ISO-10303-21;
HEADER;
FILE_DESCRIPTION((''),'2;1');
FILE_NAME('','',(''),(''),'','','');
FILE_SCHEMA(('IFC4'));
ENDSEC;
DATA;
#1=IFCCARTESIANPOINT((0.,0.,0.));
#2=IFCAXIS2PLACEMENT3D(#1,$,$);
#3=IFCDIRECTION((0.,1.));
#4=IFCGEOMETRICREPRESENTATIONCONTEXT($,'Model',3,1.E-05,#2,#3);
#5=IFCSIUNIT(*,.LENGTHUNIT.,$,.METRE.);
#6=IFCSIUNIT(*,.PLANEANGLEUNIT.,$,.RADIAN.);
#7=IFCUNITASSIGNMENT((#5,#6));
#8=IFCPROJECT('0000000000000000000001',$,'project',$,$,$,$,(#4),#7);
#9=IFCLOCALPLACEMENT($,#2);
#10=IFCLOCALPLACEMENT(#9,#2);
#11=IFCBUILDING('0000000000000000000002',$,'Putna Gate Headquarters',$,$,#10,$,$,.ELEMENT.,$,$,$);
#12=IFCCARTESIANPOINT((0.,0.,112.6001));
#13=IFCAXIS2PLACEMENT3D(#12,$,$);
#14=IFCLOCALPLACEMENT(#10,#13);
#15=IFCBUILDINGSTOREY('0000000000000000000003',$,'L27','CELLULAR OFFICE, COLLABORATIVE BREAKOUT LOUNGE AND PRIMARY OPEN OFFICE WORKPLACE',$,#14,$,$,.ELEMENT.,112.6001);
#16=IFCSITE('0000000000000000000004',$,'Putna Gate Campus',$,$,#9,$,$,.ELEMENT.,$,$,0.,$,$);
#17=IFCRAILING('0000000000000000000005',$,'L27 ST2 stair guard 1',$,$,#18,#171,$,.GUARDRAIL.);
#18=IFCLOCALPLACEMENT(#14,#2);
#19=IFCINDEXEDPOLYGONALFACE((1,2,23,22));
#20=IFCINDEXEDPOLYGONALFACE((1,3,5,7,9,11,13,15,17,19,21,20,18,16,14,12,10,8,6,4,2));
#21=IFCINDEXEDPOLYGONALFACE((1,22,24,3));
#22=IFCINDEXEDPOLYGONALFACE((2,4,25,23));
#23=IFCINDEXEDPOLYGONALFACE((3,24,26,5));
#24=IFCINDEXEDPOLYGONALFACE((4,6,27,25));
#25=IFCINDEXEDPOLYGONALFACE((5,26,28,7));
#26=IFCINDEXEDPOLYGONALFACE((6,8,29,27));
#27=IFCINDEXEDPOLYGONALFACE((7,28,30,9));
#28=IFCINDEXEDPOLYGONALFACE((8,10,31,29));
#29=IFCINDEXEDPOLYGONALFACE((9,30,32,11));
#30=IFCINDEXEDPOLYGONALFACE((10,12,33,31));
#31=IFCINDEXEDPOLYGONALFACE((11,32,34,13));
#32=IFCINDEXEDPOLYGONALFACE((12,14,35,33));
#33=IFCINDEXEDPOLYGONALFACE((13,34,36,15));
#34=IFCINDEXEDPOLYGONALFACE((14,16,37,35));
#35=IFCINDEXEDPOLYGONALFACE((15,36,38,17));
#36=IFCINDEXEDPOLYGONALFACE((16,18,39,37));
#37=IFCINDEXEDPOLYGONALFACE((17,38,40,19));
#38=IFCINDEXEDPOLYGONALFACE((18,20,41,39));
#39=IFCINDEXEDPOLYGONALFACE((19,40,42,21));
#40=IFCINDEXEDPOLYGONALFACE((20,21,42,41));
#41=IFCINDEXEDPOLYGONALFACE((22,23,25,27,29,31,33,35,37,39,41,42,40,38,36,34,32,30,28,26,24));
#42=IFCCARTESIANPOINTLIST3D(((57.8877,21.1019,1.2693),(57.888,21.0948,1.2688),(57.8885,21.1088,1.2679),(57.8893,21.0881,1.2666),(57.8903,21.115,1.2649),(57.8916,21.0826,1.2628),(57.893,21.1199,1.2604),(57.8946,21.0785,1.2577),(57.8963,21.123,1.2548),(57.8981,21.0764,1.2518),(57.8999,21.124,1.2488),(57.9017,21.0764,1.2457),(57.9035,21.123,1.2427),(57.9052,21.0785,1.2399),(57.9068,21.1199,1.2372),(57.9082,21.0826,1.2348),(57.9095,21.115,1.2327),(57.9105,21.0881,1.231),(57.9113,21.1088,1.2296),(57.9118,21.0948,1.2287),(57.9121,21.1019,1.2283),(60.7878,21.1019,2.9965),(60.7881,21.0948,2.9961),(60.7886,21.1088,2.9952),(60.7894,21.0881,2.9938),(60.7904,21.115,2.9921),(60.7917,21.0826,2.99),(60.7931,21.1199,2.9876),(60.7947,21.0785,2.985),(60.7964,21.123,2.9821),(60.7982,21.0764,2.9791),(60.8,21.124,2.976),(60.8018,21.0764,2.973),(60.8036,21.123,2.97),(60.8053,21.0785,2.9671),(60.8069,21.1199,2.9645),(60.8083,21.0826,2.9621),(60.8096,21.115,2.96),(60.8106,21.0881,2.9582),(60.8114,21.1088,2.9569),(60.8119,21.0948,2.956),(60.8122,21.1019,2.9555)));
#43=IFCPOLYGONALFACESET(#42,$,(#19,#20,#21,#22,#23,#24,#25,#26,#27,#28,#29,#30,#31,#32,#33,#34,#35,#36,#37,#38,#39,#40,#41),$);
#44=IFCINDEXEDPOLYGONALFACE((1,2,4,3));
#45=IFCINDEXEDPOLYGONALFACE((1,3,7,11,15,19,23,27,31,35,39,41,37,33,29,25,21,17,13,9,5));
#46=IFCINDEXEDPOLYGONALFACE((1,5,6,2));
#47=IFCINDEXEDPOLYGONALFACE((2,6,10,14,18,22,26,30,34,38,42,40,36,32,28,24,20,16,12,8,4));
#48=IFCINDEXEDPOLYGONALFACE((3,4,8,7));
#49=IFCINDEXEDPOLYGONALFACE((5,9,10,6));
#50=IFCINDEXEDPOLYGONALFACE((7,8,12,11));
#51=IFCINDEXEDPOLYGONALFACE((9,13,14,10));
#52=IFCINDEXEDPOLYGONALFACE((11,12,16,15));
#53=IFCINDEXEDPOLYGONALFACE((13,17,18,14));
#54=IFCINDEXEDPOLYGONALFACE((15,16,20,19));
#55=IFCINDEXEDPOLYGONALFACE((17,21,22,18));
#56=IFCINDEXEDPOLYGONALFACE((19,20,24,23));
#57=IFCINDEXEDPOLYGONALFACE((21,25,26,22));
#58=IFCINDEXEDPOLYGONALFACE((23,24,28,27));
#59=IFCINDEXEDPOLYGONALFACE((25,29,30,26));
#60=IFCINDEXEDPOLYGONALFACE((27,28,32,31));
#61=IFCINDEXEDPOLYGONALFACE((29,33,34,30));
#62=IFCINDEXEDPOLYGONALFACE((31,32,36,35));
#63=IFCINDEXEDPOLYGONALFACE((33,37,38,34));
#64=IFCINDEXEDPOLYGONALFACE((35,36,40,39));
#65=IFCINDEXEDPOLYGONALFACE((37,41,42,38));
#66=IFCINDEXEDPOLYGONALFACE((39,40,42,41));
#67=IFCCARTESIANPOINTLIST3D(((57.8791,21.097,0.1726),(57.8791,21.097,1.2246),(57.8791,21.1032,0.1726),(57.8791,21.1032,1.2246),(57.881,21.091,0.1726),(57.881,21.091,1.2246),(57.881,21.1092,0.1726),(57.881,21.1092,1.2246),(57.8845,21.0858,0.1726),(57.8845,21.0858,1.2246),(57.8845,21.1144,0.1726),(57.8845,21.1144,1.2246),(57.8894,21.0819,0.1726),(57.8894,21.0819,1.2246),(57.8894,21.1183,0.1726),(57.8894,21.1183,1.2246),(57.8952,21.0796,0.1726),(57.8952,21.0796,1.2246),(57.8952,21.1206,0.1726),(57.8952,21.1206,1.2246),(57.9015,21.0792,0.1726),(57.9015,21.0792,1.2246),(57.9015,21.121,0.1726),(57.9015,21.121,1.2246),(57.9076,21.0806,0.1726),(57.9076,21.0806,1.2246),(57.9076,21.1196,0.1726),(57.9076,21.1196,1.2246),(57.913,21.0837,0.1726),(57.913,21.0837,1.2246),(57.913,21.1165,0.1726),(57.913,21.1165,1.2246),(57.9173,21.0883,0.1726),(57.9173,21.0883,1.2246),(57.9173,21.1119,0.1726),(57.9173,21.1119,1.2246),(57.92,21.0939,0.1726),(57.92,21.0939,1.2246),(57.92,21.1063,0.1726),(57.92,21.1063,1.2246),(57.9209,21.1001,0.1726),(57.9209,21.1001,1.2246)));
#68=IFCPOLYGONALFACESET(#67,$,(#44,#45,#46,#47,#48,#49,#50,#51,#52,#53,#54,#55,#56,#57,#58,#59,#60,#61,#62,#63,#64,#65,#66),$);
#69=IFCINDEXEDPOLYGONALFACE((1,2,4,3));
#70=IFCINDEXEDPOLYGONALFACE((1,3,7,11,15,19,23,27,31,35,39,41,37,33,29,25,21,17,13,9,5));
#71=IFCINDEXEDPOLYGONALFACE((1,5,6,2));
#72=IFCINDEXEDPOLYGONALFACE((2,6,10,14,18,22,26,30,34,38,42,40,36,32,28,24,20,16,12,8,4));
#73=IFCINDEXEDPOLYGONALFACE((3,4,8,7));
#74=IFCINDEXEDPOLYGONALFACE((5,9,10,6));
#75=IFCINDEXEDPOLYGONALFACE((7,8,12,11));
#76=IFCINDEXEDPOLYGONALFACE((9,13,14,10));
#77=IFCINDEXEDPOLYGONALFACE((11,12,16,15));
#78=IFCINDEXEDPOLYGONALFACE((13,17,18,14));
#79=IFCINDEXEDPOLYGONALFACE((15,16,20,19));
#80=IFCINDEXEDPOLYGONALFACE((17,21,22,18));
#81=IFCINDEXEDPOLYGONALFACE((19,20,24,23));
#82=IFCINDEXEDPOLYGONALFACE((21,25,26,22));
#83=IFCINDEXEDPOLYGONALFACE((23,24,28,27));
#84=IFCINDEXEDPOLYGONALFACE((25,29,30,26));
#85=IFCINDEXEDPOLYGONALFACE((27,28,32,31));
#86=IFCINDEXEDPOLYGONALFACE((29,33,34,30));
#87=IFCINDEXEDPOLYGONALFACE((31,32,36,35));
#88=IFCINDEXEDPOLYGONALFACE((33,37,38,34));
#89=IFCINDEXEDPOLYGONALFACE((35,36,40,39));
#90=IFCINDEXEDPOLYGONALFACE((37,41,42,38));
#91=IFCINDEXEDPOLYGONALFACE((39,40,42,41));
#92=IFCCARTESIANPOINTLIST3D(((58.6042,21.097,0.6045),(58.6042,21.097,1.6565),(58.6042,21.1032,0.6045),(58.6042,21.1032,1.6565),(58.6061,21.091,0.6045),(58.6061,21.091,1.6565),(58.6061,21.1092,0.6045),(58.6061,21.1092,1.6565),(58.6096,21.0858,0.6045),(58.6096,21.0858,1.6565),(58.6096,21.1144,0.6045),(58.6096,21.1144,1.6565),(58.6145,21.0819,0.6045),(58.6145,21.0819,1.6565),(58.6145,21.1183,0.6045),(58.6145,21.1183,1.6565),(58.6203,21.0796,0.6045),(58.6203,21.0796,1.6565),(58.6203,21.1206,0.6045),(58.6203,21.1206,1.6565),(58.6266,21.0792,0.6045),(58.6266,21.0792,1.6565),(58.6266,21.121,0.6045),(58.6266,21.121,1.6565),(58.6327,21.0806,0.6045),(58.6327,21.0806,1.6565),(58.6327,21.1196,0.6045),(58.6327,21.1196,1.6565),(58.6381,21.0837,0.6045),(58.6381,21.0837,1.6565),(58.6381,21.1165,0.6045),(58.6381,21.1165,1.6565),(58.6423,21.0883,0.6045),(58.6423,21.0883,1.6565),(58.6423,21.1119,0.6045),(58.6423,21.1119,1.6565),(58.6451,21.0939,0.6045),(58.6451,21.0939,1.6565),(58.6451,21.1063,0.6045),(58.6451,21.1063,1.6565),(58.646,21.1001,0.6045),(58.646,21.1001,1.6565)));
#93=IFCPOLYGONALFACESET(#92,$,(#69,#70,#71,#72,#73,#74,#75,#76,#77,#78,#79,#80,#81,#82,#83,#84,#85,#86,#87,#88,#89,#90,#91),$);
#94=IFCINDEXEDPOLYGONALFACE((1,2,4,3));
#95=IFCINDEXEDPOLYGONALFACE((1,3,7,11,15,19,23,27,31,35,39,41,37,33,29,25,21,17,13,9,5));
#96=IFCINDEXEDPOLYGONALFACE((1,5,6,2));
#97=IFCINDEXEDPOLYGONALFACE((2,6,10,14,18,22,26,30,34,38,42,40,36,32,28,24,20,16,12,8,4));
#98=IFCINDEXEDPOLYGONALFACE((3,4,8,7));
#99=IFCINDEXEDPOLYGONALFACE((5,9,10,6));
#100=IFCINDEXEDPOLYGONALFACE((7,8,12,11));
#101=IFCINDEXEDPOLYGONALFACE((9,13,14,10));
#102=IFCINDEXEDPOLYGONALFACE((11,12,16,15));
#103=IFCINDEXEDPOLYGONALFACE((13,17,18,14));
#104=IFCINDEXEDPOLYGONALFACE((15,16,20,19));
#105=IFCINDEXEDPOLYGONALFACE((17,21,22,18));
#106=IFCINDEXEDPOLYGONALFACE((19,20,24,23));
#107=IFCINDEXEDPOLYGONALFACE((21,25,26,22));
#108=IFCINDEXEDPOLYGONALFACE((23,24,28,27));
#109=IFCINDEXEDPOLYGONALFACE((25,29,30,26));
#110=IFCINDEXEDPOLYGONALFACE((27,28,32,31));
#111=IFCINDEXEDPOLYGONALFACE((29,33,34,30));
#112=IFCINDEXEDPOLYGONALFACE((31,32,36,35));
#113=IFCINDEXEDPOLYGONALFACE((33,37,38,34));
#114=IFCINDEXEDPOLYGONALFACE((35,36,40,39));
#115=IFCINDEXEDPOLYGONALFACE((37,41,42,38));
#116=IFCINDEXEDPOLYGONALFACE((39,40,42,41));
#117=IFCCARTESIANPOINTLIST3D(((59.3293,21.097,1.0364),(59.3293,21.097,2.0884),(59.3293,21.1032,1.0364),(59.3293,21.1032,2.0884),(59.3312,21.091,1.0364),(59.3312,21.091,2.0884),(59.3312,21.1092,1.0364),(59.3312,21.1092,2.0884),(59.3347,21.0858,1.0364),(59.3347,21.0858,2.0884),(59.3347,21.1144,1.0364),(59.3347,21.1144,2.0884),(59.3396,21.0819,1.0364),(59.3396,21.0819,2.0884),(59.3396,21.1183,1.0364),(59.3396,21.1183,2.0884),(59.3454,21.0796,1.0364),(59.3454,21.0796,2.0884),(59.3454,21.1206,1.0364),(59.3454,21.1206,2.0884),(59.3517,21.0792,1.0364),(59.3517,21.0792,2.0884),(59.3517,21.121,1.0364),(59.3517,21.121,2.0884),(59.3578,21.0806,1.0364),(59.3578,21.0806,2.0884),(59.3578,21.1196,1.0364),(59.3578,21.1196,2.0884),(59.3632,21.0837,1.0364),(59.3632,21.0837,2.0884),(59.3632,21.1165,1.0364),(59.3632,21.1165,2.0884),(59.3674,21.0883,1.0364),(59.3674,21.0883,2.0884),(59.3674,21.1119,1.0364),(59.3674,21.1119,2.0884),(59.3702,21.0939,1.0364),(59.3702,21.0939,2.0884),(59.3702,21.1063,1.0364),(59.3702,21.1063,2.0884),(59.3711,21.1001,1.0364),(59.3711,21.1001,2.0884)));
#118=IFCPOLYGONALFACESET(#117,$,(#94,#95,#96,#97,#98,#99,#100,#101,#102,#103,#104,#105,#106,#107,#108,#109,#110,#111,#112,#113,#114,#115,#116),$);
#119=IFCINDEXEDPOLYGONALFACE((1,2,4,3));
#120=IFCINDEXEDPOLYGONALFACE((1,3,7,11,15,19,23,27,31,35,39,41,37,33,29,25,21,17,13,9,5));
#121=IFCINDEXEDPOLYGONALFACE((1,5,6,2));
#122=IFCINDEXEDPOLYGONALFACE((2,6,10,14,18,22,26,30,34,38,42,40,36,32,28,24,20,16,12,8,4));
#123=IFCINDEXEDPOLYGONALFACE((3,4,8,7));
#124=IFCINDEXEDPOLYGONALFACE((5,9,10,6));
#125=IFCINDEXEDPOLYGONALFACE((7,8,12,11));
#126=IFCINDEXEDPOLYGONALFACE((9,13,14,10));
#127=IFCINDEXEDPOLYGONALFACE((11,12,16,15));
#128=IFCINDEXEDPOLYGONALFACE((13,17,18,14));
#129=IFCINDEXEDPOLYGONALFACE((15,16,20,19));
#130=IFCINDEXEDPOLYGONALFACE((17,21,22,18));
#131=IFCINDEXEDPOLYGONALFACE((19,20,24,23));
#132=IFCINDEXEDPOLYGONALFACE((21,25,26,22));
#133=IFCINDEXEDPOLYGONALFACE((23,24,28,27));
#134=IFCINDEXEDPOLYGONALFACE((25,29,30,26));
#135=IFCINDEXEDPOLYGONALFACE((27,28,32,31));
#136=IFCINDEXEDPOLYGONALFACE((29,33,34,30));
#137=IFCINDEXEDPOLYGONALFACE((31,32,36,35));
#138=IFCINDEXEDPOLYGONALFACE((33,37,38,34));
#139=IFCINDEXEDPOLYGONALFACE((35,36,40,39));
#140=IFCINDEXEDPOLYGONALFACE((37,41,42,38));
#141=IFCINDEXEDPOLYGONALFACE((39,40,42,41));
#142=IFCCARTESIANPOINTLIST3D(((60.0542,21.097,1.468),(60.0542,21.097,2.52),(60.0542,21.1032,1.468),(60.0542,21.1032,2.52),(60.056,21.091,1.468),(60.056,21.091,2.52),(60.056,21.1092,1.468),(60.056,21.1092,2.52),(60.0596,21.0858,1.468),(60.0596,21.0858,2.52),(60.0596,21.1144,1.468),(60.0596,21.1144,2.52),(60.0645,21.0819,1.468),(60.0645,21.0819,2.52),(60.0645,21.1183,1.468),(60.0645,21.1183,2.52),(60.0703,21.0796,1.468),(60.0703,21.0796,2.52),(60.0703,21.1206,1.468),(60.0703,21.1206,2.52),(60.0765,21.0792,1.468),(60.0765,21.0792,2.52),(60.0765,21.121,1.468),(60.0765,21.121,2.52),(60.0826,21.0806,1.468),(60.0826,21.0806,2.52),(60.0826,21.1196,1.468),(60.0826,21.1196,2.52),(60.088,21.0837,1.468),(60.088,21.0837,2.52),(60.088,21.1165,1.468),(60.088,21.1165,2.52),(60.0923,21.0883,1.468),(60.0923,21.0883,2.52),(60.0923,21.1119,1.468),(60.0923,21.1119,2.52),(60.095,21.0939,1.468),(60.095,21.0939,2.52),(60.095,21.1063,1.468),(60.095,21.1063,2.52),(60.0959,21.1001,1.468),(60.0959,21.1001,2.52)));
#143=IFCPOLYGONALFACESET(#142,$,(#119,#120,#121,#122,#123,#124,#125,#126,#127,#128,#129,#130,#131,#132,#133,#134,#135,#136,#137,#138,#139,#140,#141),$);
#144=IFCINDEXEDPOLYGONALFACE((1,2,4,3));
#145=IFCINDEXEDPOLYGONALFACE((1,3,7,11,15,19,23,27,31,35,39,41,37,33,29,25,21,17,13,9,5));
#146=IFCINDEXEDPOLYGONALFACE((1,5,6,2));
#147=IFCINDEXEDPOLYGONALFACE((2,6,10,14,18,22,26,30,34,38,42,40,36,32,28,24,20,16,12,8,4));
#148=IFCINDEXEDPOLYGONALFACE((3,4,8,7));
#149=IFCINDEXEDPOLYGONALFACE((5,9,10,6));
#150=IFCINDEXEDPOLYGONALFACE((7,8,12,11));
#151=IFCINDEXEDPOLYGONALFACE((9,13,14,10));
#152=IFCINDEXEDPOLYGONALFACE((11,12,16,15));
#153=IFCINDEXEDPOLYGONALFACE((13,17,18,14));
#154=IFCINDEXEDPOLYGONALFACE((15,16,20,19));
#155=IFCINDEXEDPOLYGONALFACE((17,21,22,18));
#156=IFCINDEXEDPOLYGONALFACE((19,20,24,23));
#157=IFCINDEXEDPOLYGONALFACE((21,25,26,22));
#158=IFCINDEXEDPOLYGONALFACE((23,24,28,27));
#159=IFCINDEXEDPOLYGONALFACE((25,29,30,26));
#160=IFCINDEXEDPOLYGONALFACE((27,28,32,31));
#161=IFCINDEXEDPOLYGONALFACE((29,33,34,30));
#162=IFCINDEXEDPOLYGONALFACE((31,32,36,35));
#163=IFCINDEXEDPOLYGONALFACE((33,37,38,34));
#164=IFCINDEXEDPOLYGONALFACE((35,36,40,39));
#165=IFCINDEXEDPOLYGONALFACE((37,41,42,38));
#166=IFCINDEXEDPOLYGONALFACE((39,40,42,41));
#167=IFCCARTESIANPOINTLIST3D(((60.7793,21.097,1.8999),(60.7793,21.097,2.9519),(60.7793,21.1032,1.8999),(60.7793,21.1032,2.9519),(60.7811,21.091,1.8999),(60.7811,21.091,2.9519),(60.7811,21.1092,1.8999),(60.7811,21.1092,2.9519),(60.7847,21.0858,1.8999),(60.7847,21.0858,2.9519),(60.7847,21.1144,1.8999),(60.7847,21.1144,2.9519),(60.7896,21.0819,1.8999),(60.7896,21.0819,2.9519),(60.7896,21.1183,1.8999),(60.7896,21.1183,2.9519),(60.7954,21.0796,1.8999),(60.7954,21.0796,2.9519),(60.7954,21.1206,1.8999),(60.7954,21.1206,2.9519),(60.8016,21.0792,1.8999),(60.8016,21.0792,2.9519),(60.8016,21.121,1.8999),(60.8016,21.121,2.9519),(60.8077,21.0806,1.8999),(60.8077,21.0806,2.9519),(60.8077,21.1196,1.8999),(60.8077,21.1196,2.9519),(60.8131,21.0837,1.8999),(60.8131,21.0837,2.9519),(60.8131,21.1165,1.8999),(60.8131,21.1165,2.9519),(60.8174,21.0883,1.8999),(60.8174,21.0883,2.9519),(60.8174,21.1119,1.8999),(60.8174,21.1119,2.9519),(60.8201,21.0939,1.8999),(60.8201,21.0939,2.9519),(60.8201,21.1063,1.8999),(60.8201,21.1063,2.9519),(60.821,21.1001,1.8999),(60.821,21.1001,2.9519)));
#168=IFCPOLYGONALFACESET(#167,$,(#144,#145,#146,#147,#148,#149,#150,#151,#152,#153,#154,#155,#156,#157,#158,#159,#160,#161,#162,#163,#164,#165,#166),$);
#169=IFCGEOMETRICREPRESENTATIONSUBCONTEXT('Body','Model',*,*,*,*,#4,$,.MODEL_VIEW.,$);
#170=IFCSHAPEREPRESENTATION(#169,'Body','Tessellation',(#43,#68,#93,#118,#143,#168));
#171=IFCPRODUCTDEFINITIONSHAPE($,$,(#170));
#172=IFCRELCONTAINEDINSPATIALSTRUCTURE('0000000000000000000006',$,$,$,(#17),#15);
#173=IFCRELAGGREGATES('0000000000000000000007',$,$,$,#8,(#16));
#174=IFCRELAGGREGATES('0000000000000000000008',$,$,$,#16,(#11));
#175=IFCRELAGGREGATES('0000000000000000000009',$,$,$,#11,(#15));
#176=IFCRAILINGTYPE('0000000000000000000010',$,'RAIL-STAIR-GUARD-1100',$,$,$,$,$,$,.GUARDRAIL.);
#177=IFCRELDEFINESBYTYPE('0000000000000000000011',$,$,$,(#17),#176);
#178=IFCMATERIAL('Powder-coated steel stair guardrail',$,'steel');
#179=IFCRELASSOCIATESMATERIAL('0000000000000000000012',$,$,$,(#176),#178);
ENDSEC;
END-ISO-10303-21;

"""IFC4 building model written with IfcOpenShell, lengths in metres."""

from ifc_helpers import new_model, si_unit, direction, frame, origin, origin_2d, place, context, subcontext, project, spatial, circle, extrude, material, type_object, element, save


model = new_model("IFC4")

# Units and contexts
model_context = context("Model", 3, precision=1e-05, world=origin(), true_north=direction((0.0, 1.0)))
body_context = subcontext(model_context, "Body", "Model", "MODEL_VIEW")
ifc_project = project(units=[si_unit("LENGTHUNIT", "METRE"), si_unit("PLANEANGLEUNIT", "RADIAN")], contexts=[model_context])

# Site, building, storey
site_placement = place(None, origin())
site = spatial("IfcSite", under=ifc_project, at=site_placement, Name="Putna Gate Campus", CompositionType="ELEMENT", RefElevation=0.0)
building_placement = place(site_placement, origin())
building = spatial("IfcBuilding", under=site, at=building_placement, Name="Putna Gate Headquarters", CompositionType="ELEMENT")
storey_placement = place(building_placement, frame((0.0, 0.0, 112.6001)))
storey = spatial("IfcBuildingStorey", under=building, at=storey_placement, Name="L27", Description="CELLULAR OFFICE, COLLABORATIVE BREAKOUT LOUNGE AND PRIMARY OPEN OFFICE WORKPLACE", CompositionType="ELEMENT", Elevation=112.6001)

# Railing
ifc_material_1 = material(Name="Powder-coated steel stair guardrail", Category="steel")
railing_type_1 = type_object("IfcRailingType", Name="RAIL-STAIR-GUARD-1100", PredefinedType="GUARDRAIL", material=ifc_material_1)
railing_1_placement = place(storey_placement, frame((57.8999, 21.1001, 0.1726)))
element("IfcRailing", 1, at=railing_1_placement, inside=storey, type_object=railing_type_1, Name="L27 ST2 stair guard 1", PredefinedType="GUARDRAIL", context=body_context, shape_type="SweptSolid", body=[
    extrude(circle(Radius=0.0239, at=origin_2d()), frame((0.0, 0.0, 1.0762), z_axis=(0.85916, 0.0, 0.511706), x_axis=(0.0, 1.0, 0.0)), (0.0, 0.0, 1.0), 3.3755),
    extrude(circle(Radius=0.021, at=origin_2d()), origin(), (0.0, 0.0, 1.0), 1.052),
    extrude(circle(Radius=0.021, at=origin_2d()), frame((0.7251, 0.0, 0.4319)), (0.0, 0.0, 1.0), 1.052),
    extrude(circle(Radius=0.021, at=origin_2d()), frame((1.4502, 0.0, 0.8638)), (0.0, 0.0, 1.0), 1.052),
    extrude(circle(Radius=0.021, at=origin_2d()), frame((2.175, 0.0, 1.2954)), (0.0, 0.0, 1.0), 1.052),
    extrude(circle(Radius=0.021, at=origin_2d()), frame((2.9001, 0.0, 1.7273)), (0.0, 0.0, 1.0), 1.052),
])

save(model, "model.ifc")
